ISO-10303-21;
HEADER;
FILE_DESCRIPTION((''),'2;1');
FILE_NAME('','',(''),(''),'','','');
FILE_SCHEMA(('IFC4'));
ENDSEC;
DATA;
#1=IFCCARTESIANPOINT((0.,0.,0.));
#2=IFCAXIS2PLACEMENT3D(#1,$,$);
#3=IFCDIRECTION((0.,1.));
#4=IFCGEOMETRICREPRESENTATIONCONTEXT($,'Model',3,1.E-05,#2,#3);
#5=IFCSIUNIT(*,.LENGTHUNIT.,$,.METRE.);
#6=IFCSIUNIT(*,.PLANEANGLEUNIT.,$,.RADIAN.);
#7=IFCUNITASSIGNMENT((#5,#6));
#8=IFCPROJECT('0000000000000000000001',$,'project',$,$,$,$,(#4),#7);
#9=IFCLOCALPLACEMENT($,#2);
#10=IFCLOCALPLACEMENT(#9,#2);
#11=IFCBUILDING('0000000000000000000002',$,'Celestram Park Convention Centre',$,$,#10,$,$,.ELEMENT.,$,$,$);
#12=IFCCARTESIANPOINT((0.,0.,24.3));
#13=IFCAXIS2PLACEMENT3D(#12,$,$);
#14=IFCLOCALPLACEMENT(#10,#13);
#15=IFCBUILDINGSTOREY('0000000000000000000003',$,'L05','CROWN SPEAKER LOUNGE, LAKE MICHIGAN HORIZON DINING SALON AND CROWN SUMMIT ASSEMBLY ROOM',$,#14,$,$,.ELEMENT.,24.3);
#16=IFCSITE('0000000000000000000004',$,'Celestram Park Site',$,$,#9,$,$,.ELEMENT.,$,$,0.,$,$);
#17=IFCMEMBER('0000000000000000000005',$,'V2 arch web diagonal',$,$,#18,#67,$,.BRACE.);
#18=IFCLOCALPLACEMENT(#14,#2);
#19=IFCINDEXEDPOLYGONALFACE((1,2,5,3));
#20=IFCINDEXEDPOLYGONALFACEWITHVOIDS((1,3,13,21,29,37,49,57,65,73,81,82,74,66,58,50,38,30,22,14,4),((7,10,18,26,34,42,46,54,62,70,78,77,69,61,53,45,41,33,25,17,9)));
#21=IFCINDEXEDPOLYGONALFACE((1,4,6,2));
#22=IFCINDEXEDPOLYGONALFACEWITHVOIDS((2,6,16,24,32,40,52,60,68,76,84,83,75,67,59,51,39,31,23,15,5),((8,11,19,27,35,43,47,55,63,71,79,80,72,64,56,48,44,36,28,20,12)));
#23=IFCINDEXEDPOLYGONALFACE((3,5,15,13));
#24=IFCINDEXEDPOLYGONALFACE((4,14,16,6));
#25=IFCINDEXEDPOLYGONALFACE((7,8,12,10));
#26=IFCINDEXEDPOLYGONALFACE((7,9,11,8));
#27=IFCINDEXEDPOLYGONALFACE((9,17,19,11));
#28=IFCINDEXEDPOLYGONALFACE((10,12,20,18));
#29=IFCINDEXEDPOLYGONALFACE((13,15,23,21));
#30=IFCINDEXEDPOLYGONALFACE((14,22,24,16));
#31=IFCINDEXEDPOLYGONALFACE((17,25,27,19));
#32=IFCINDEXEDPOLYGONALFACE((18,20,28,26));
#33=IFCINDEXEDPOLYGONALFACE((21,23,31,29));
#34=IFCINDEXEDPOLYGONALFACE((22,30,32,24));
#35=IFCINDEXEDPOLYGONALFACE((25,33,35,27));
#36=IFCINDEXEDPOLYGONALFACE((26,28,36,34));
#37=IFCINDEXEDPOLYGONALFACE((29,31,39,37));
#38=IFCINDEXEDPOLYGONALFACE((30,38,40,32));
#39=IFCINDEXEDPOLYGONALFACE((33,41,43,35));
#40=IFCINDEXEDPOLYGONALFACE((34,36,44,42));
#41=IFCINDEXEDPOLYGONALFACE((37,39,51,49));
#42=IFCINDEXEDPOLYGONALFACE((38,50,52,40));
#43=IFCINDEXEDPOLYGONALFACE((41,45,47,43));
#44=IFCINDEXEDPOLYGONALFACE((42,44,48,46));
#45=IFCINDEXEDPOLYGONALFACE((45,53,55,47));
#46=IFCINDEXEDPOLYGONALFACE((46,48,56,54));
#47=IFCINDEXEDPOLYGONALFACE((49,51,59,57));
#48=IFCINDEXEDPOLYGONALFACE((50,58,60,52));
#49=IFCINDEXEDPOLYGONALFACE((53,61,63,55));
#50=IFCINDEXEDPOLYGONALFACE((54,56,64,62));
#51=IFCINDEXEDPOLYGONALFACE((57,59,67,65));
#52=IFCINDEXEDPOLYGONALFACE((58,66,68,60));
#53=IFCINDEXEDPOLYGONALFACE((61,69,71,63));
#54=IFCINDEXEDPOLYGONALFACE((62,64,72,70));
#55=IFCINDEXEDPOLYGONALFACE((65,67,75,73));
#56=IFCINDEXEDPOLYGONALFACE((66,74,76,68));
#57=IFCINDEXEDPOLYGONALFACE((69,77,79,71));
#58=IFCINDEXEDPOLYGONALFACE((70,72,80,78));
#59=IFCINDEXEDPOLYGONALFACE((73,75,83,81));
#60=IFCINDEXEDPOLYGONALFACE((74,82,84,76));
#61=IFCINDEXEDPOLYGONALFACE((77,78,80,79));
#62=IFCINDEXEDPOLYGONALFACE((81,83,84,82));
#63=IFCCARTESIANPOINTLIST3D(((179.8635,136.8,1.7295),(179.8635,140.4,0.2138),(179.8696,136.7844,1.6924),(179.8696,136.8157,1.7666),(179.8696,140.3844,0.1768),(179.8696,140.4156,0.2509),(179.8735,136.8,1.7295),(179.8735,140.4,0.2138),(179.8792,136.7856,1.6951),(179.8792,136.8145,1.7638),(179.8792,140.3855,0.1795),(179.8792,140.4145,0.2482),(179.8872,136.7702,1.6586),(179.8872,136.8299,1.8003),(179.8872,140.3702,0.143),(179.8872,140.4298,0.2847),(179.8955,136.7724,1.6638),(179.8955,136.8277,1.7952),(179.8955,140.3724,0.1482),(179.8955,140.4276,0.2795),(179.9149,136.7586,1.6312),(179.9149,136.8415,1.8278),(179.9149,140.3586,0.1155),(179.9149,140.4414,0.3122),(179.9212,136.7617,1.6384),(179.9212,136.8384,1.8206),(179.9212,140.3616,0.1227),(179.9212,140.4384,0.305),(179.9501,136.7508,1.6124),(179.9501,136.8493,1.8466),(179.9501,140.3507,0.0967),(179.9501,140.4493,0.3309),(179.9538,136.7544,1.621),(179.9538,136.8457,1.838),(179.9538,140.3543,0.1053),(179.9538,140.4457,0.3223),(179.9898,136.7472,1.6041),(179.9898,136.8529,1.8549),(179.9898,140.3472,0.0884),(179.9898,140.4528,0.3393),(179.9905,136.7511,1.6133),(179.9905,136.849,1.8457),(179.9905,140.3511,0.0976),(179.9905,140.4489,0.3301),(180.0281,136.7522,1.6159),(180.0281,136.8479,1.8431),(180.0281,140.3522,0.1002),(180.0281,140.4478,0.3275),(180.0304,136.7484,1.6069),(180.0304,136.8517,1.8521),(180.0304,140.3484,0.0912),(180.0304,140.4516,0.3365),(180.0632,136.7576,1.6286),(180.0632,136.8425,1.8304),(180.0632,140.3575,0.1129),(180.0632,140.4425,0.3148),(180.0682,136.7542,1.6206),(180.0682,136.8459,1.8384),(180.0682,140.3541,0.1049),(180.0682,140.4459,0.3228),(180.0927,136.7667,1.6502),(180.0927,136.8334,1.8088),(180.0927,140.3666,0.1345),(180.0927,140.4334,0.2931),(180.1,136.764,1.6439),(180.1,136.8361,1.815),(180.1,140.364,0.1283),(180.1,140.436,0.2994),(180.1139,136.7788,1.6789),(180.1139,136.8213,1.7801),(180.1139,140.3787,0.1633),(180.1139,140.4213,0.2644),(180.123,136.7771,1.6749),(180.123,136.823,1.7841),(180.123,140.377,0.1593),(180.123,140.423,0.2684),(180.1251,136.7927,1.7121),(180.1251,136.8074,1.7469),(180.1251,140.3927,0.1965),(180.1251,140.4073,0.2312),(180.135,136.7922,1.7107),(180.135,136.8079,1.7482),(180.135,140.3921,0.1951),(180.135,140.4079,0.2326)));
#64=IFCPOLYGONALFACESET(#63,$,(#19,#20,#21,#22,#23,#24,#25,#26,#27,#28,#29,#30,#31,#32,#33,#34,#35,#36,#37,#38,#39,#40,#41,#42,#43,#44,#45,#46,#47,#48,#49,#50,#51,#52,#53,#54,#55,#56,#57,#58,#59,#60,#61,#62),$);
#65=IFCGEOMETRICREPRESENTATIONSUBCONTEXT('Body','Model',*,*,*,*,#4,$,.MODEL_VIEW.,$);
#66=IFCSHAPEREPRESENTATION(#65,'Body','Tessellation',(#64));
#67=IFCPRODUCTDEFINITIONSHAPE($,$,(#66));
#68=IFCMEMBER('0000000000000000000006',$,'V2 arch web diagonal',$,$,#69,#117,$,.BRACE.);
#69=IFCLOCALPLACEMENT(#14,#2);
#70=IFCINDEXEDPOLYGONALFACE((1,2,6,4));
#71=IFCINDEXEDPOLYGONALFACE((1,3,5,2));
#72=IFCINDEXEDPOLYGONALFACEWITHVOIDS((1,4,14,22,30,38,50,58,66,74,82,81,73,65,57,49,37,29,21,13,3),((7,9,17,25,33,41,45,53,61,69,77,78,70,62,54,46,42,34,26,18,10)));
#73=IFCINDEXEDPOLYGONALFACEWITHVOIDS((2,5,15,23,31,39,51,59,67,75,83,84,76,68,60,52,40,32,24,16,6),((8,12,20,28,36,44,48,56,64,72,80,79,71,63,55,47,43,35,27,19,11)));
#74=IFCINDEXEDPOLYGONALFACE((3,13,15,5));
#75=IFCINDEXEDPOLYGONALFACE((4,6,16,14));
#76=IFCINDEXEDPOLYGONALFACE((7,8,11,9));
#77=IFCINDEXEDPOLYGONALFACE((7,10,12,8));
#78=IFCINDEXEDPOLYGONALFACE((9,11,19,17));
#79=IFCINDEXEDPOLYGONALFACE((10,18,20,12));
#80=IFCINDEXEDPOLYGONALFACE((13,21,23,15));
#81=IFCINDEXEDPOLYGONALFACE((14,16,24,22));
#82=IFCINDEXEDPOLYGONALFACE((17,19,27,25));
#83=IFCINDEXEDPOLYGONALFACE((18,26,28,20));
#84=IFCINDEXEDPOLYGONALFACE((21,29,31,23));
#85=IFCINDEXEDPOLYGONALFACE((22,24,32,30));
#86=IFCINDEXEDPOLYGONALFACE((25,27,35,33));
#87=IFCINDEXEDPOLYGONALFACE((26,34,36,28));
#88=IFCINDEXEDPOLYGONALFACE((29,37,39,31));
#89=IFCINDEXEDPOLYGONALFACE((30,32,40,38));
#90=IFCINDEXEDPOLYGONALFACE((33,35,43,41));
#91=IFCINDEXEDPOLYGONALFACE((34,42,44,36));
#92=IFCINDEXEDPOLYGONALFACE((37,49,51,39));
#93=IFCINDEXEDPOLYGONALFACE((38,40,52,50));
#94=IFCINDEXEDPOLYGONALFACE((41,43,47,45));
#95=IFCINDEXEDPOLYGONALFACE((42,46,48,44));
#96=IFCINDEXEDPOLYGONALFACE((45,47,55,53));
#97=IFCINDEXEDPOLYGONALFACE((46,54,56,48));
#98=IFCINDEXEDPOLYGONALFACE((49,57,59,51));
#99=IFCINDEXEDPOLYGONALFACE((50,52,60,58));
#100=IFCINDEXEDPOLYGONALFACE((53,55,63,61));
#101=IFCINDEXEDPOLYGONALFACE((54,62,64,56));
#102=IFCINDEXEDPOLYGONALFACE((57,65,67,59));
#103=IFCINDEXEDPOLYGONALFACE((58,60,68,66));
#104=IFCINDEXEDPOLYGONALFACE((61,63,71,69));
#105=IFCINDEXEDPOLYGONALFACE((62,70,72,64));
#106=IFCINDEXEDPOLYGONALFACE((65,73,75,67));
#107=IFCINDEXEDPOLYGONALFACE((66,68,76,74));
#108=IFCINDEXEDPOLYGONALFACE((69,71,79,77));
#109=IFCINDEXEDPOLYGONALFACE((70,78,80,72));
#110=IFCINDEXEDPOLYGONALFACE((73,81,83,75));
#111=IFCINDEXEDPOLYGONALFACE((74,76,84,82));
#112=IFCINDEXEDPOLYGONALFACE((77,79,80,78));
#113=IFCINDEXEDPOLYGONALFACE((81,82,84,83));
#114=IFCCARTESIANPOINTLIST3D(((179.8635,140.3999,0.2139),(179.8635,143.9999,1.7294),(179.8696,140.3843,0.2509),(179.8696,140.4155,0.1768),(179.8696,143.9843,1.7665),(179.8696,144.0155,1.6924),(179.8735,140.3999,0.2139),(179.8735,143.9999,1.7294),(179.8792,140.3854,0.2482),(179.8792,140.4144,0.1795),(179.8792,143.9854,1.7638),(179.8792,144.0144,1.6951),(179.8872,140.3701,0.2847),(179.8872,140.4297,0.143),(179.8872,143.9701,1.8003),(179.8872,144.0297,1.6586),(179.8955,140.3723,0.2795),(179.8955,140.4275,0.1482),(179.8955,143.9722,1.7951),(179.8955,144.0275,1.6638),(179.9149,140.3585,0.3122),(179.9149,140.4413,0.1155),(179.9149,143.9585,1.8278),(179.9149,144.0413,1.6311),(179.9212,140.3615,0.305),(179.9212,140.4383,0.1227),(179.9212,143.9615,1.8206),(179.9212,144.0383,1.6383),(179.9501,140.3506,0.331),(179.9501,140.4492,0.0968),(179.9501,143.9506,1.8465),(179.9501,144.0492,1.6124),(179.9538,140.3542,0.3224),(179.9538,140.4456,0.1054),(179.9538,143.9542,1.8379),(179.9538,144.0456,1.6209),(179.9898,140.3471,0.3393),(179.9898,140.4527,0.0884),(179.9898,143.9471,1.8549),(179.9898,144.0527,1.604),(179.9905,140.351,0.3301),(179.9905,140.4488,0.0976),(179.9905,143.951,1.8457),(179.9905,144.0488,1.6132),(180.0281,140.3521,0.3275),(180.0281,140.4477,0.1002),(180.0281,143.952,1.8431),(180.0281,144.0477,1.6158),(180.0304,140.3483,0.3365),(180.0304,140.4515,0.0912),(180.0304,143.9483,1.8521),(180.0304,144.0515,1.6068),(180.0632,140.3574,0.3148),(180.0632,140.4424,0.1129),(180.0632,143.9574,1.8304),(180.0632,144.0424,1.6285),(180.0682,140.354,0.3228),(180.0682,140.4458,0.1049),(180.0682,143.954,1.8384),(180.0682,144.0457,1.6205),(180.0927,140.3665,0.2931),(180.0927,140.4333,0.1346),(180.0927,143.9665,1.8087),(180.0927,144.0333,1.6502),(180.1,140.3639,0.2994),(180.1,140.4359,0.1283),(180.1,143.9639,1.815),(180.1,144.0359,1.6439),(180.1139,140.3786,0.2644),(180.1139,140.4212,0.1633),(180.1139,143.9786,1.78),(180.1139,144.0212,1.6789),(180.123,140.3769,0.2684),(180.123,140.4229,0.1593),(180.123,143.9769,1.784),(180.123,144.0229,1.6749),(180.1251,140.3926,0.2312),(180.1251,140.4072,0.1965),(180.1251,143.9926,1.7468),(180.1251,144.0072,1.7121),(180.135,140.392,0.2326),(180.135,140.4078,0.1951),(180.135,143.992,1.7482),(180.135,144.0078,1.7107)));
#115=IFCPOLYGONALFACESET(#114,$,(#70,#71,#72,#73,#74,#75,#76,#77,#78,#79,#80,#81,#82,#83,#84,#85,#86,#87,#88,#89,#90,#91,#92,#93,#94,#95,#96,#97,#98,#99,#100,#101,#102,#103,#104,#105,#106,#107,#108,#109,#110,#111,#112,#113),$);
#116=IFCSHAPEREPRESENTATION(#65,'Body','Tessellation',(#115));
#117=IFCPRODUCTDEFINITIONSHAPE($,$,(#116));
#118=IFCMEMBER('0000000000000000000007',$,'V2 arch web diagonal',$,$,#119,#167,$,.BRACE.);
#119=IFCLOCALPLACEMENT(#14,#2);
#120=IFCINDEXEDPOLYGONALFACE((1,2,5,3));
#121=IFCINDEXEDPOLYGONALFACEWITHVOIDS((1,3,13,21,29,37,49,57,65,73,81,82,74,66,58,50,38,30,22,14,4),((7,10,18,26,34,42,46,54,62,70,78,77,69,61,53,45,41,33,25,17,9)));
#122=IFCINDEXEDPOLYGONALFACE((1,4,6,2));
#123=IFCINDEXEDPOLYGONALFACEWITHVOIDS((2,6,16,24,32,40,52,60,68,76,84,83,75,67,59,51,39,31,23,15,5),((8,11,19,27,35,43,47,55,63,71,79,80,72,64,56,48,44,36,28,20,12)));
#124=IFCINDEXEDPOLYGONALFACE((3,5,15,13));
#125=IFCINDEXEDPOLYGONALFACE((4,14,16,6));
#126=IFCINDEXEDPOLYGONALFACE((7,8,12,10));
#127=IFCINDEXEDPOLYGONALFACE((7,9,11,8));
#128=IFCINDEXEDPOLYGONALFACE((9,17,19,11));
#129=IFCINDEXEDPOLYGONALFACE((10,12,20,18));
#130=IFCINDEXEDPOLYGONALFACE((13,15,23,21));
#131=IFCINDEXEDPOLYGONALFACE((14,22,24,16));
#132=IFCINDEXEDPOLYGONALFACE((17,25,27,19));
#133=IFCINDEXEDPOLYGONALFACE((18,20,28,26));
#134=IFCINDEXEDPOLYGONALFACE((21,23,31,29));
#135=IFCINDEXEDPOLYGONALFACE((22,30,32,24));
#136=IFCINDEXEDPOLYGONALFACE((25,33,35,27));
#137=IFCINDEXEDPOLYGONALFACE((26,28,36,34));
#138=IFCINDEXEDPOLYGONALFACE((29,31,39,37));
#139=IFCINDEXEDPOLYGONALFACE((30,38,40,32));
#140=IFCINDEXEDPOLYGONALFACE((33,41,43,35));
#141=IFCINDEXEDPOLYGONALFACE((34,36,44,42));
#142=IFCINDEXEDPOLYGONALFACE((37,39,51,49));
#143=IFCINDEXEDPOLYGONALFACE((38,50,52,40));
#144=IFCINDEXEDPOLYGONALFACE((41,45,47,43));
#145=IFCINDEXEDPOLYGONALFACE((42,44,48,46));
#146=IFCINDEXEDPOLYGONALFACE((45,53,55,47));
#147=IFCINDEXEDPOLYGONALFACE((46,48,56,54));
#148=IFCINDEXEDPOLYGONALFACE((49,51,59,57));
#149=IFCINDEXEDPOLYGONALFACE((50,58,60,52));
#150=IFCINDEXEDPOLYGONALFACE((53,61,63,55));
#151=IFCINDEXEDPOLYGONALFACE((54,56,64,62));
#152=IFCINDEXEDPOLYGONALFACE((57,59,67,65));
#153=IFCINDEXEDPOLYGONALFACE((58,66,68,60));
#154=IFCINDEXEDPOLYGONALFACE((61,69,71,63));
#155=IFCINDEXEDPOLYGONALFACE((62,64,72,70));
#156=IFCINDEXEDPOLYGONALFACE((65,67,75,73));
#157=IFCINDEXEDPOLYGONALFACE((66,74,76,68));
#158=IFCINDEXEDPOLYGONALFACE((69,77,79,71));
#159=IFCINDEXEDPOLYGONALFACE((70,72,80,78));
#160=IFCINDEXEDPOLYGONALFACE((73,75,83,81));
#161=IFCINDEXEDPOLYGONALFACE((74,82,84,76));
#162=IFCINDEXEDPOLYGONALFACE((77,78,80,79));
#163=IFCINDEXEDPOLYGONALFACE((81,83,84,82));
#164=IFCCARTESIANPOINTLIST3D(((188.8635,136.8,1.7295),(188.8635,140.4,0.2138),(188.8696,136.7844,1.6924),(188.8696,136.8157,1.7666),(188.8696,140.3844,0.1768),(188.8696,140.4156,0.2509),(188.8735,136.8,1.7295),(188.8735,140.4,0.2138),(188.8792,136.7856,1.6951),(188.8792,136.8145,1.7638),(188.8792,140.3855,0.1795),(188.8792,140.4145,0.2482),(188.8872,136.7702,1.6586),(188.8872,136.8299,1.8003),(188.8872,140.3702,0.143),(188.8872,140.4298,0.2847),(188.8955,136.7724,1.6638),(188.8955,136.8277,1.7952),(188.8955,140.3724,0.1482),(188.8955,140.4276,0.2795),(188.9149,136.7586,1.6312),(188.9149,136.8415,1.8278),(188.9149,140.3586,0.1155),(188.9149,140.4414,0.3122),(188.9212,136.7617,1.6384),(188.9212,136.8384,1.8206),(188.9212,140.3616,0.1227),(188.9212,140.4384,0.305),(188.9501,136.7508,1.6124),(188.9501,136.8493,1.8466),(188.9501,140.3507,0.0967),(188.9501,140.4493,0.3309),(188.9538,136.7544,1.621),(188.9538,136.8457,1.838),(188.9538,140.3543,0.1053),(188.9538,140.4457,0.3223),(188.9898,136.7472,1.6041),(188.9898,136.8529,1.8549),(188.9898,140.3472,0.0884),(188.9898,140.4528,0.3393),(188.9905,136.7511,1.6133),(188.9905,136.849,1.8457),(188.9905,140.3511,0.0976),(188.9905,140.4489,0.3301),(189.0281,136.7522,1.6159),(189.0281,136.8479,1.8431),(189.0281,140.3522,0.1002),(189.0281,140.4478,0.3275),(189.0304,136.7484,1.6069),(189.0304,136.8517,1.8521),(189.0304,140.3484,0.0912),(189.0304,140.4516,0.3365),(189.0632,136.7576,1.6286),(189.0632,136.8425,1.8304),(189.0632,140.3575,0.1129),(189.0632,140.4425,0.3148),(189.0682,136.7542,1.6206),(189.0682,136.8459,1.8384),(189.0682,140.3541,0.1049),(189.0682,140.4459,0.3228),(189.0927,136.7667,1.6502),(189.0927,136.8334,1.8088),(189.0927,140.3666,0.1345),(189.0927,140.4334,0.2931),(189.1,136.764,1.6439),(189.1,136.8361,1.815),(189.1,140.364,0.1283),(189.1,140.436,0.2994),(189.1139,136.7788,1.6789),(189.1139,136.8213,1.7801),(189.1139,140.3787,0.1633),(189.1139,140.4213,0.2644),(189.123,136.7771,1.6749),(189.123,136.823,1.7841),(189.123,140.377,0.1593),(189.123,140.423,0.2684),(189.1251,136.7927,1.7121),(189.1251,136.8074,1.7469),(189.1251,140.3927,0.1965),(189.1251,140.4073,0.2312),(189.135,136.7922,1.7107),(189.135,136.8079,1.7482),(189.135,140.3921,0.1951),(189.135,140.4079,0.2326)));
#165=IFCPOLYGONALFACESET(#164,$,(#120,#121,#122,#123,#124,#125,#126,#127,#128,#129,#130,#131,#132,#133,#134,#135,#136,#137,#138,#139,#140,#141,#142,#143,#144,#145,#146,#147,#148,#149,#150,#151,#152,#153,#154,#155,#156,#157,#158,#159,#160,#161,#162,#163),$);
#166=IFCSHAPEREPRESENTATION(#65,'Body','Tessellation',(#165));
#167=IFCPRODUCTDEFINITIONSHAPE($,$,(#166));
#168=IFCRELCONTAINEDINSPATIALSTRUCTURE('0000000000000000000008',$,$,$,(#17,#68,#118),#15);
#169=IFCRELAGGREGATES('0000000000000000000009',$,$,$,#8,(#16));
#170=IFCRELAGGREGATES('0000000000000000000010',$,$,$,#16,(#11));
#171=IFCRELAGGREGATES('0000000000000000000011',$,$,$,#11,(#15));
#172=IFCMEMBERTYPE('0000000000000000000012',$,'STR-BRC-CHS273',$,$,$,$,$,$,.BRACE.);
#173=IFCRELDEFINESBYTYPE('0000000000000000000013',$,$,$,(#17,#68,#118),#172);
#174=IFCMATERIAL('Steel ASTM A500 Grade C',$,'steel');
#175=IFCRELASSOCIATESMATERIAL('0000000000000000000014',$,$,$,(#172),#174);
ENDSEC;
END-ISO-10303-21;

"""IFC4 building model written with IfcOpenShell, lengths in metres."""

from ifc_helpers import new_model, si_unit, direction, frame, origin, origin_2d, place, context, subcontext, project, spatial, hollow_circle, extrude, material, material_profile, profile_set, type_object, element, save


model = new_model("IFC4")

# Units and contexts
model_context = context("Model", 3, precision=1e-05, world=origin(), true_north=direction((0.0, 1.0)))
body_context = subcontext(model_context, "Body", "Model", "MODEL_VIEW")
ifc_project = project(units=[si_unit("LENGTHUNIT", "METRE"), si_unit("PLANEANGLEUNIT", "RADIAN")], contexts=[model_context])

# Site, building, storey
site_placement = place(None, origin())
site = spatial("IfcSite", under=ifc_project, at=site_placement, Name="Celestram Park Site", CompositionType="ELEMENT", RefElevation=0.0)
building_placement = place(site_placement, origin())
building = spatial("IfcBuilding", under=site, at=building_placement, Name="Celestram Park Convention Centre", CompositionType="ELEMENT")
storey_placement = place(building_placement, frame((0.0, 0.0, 24.3)))
storey = spatial("IfcBuildingStorey", under=building, at=storey_placement, Name="L05", Description="CROWN SPEAKER LOUNGE, LAKE MICHIGAN HORIZON DINING SALON AND CROWN SUMMIT ASSEMBLY ROOM", CompositionType="ELEMENT", Elevation=24.3)

# Members
ifc_material_1 = material(Name="Steel ASTM A500 Grade C", Category="steel")
ifc_material_profile_1 = material_profile(ifc_material_1, hollow_circle(Radius=0.1365, WallThickness=0.01, at=origin_2d()), Name="CHS273X10")
ifc_profile_set_1 = profile_set([ifc_material_profile_1], Name="Steel ASTM A500 Grade C")
member_type_1 = type_object("IfcMemberType", Name="STR-BRC-CHS273", PredefinedType="BRACE", material=ifc_profile_set_1)
for number, where, z_axis, x_axis, name in (
    (1, (180.0, 136.8, 1.7295), (0.0, 0.921645, -0.388035), (-1.0, 0.0, 0.0), "V2 arch web diagonal"),
    (2, (180.0, 140.3999, 0.2139), (0.0, 0.921654, 0.388012), (-1.0, 0.0, 0.0), "V2 arch web diagonal"),
    (3, (189.0, 136.8, 1.7295), (0.0, 0.921645, -0.388035), (-1.0, 0.0, 0.0), "V2 arch web diagonal"),
):
    element("IfcMember", number, at=place(storey_placement, frame(where, z_axis=z_axis, x_axis=x_axis)), inside=storey, type_object=member_type_1, Name=name, PredefinedType="BRACE", context=body_context, shape_type="SweptSolid", body=[
        extrude(hollow_circle(Radius=0.1365, WallThickness=0.01, at=origin_2d()), origin(), (0.0, 0.0, 1.0), 3.906),
    ])

save(model, "model.ifc")
